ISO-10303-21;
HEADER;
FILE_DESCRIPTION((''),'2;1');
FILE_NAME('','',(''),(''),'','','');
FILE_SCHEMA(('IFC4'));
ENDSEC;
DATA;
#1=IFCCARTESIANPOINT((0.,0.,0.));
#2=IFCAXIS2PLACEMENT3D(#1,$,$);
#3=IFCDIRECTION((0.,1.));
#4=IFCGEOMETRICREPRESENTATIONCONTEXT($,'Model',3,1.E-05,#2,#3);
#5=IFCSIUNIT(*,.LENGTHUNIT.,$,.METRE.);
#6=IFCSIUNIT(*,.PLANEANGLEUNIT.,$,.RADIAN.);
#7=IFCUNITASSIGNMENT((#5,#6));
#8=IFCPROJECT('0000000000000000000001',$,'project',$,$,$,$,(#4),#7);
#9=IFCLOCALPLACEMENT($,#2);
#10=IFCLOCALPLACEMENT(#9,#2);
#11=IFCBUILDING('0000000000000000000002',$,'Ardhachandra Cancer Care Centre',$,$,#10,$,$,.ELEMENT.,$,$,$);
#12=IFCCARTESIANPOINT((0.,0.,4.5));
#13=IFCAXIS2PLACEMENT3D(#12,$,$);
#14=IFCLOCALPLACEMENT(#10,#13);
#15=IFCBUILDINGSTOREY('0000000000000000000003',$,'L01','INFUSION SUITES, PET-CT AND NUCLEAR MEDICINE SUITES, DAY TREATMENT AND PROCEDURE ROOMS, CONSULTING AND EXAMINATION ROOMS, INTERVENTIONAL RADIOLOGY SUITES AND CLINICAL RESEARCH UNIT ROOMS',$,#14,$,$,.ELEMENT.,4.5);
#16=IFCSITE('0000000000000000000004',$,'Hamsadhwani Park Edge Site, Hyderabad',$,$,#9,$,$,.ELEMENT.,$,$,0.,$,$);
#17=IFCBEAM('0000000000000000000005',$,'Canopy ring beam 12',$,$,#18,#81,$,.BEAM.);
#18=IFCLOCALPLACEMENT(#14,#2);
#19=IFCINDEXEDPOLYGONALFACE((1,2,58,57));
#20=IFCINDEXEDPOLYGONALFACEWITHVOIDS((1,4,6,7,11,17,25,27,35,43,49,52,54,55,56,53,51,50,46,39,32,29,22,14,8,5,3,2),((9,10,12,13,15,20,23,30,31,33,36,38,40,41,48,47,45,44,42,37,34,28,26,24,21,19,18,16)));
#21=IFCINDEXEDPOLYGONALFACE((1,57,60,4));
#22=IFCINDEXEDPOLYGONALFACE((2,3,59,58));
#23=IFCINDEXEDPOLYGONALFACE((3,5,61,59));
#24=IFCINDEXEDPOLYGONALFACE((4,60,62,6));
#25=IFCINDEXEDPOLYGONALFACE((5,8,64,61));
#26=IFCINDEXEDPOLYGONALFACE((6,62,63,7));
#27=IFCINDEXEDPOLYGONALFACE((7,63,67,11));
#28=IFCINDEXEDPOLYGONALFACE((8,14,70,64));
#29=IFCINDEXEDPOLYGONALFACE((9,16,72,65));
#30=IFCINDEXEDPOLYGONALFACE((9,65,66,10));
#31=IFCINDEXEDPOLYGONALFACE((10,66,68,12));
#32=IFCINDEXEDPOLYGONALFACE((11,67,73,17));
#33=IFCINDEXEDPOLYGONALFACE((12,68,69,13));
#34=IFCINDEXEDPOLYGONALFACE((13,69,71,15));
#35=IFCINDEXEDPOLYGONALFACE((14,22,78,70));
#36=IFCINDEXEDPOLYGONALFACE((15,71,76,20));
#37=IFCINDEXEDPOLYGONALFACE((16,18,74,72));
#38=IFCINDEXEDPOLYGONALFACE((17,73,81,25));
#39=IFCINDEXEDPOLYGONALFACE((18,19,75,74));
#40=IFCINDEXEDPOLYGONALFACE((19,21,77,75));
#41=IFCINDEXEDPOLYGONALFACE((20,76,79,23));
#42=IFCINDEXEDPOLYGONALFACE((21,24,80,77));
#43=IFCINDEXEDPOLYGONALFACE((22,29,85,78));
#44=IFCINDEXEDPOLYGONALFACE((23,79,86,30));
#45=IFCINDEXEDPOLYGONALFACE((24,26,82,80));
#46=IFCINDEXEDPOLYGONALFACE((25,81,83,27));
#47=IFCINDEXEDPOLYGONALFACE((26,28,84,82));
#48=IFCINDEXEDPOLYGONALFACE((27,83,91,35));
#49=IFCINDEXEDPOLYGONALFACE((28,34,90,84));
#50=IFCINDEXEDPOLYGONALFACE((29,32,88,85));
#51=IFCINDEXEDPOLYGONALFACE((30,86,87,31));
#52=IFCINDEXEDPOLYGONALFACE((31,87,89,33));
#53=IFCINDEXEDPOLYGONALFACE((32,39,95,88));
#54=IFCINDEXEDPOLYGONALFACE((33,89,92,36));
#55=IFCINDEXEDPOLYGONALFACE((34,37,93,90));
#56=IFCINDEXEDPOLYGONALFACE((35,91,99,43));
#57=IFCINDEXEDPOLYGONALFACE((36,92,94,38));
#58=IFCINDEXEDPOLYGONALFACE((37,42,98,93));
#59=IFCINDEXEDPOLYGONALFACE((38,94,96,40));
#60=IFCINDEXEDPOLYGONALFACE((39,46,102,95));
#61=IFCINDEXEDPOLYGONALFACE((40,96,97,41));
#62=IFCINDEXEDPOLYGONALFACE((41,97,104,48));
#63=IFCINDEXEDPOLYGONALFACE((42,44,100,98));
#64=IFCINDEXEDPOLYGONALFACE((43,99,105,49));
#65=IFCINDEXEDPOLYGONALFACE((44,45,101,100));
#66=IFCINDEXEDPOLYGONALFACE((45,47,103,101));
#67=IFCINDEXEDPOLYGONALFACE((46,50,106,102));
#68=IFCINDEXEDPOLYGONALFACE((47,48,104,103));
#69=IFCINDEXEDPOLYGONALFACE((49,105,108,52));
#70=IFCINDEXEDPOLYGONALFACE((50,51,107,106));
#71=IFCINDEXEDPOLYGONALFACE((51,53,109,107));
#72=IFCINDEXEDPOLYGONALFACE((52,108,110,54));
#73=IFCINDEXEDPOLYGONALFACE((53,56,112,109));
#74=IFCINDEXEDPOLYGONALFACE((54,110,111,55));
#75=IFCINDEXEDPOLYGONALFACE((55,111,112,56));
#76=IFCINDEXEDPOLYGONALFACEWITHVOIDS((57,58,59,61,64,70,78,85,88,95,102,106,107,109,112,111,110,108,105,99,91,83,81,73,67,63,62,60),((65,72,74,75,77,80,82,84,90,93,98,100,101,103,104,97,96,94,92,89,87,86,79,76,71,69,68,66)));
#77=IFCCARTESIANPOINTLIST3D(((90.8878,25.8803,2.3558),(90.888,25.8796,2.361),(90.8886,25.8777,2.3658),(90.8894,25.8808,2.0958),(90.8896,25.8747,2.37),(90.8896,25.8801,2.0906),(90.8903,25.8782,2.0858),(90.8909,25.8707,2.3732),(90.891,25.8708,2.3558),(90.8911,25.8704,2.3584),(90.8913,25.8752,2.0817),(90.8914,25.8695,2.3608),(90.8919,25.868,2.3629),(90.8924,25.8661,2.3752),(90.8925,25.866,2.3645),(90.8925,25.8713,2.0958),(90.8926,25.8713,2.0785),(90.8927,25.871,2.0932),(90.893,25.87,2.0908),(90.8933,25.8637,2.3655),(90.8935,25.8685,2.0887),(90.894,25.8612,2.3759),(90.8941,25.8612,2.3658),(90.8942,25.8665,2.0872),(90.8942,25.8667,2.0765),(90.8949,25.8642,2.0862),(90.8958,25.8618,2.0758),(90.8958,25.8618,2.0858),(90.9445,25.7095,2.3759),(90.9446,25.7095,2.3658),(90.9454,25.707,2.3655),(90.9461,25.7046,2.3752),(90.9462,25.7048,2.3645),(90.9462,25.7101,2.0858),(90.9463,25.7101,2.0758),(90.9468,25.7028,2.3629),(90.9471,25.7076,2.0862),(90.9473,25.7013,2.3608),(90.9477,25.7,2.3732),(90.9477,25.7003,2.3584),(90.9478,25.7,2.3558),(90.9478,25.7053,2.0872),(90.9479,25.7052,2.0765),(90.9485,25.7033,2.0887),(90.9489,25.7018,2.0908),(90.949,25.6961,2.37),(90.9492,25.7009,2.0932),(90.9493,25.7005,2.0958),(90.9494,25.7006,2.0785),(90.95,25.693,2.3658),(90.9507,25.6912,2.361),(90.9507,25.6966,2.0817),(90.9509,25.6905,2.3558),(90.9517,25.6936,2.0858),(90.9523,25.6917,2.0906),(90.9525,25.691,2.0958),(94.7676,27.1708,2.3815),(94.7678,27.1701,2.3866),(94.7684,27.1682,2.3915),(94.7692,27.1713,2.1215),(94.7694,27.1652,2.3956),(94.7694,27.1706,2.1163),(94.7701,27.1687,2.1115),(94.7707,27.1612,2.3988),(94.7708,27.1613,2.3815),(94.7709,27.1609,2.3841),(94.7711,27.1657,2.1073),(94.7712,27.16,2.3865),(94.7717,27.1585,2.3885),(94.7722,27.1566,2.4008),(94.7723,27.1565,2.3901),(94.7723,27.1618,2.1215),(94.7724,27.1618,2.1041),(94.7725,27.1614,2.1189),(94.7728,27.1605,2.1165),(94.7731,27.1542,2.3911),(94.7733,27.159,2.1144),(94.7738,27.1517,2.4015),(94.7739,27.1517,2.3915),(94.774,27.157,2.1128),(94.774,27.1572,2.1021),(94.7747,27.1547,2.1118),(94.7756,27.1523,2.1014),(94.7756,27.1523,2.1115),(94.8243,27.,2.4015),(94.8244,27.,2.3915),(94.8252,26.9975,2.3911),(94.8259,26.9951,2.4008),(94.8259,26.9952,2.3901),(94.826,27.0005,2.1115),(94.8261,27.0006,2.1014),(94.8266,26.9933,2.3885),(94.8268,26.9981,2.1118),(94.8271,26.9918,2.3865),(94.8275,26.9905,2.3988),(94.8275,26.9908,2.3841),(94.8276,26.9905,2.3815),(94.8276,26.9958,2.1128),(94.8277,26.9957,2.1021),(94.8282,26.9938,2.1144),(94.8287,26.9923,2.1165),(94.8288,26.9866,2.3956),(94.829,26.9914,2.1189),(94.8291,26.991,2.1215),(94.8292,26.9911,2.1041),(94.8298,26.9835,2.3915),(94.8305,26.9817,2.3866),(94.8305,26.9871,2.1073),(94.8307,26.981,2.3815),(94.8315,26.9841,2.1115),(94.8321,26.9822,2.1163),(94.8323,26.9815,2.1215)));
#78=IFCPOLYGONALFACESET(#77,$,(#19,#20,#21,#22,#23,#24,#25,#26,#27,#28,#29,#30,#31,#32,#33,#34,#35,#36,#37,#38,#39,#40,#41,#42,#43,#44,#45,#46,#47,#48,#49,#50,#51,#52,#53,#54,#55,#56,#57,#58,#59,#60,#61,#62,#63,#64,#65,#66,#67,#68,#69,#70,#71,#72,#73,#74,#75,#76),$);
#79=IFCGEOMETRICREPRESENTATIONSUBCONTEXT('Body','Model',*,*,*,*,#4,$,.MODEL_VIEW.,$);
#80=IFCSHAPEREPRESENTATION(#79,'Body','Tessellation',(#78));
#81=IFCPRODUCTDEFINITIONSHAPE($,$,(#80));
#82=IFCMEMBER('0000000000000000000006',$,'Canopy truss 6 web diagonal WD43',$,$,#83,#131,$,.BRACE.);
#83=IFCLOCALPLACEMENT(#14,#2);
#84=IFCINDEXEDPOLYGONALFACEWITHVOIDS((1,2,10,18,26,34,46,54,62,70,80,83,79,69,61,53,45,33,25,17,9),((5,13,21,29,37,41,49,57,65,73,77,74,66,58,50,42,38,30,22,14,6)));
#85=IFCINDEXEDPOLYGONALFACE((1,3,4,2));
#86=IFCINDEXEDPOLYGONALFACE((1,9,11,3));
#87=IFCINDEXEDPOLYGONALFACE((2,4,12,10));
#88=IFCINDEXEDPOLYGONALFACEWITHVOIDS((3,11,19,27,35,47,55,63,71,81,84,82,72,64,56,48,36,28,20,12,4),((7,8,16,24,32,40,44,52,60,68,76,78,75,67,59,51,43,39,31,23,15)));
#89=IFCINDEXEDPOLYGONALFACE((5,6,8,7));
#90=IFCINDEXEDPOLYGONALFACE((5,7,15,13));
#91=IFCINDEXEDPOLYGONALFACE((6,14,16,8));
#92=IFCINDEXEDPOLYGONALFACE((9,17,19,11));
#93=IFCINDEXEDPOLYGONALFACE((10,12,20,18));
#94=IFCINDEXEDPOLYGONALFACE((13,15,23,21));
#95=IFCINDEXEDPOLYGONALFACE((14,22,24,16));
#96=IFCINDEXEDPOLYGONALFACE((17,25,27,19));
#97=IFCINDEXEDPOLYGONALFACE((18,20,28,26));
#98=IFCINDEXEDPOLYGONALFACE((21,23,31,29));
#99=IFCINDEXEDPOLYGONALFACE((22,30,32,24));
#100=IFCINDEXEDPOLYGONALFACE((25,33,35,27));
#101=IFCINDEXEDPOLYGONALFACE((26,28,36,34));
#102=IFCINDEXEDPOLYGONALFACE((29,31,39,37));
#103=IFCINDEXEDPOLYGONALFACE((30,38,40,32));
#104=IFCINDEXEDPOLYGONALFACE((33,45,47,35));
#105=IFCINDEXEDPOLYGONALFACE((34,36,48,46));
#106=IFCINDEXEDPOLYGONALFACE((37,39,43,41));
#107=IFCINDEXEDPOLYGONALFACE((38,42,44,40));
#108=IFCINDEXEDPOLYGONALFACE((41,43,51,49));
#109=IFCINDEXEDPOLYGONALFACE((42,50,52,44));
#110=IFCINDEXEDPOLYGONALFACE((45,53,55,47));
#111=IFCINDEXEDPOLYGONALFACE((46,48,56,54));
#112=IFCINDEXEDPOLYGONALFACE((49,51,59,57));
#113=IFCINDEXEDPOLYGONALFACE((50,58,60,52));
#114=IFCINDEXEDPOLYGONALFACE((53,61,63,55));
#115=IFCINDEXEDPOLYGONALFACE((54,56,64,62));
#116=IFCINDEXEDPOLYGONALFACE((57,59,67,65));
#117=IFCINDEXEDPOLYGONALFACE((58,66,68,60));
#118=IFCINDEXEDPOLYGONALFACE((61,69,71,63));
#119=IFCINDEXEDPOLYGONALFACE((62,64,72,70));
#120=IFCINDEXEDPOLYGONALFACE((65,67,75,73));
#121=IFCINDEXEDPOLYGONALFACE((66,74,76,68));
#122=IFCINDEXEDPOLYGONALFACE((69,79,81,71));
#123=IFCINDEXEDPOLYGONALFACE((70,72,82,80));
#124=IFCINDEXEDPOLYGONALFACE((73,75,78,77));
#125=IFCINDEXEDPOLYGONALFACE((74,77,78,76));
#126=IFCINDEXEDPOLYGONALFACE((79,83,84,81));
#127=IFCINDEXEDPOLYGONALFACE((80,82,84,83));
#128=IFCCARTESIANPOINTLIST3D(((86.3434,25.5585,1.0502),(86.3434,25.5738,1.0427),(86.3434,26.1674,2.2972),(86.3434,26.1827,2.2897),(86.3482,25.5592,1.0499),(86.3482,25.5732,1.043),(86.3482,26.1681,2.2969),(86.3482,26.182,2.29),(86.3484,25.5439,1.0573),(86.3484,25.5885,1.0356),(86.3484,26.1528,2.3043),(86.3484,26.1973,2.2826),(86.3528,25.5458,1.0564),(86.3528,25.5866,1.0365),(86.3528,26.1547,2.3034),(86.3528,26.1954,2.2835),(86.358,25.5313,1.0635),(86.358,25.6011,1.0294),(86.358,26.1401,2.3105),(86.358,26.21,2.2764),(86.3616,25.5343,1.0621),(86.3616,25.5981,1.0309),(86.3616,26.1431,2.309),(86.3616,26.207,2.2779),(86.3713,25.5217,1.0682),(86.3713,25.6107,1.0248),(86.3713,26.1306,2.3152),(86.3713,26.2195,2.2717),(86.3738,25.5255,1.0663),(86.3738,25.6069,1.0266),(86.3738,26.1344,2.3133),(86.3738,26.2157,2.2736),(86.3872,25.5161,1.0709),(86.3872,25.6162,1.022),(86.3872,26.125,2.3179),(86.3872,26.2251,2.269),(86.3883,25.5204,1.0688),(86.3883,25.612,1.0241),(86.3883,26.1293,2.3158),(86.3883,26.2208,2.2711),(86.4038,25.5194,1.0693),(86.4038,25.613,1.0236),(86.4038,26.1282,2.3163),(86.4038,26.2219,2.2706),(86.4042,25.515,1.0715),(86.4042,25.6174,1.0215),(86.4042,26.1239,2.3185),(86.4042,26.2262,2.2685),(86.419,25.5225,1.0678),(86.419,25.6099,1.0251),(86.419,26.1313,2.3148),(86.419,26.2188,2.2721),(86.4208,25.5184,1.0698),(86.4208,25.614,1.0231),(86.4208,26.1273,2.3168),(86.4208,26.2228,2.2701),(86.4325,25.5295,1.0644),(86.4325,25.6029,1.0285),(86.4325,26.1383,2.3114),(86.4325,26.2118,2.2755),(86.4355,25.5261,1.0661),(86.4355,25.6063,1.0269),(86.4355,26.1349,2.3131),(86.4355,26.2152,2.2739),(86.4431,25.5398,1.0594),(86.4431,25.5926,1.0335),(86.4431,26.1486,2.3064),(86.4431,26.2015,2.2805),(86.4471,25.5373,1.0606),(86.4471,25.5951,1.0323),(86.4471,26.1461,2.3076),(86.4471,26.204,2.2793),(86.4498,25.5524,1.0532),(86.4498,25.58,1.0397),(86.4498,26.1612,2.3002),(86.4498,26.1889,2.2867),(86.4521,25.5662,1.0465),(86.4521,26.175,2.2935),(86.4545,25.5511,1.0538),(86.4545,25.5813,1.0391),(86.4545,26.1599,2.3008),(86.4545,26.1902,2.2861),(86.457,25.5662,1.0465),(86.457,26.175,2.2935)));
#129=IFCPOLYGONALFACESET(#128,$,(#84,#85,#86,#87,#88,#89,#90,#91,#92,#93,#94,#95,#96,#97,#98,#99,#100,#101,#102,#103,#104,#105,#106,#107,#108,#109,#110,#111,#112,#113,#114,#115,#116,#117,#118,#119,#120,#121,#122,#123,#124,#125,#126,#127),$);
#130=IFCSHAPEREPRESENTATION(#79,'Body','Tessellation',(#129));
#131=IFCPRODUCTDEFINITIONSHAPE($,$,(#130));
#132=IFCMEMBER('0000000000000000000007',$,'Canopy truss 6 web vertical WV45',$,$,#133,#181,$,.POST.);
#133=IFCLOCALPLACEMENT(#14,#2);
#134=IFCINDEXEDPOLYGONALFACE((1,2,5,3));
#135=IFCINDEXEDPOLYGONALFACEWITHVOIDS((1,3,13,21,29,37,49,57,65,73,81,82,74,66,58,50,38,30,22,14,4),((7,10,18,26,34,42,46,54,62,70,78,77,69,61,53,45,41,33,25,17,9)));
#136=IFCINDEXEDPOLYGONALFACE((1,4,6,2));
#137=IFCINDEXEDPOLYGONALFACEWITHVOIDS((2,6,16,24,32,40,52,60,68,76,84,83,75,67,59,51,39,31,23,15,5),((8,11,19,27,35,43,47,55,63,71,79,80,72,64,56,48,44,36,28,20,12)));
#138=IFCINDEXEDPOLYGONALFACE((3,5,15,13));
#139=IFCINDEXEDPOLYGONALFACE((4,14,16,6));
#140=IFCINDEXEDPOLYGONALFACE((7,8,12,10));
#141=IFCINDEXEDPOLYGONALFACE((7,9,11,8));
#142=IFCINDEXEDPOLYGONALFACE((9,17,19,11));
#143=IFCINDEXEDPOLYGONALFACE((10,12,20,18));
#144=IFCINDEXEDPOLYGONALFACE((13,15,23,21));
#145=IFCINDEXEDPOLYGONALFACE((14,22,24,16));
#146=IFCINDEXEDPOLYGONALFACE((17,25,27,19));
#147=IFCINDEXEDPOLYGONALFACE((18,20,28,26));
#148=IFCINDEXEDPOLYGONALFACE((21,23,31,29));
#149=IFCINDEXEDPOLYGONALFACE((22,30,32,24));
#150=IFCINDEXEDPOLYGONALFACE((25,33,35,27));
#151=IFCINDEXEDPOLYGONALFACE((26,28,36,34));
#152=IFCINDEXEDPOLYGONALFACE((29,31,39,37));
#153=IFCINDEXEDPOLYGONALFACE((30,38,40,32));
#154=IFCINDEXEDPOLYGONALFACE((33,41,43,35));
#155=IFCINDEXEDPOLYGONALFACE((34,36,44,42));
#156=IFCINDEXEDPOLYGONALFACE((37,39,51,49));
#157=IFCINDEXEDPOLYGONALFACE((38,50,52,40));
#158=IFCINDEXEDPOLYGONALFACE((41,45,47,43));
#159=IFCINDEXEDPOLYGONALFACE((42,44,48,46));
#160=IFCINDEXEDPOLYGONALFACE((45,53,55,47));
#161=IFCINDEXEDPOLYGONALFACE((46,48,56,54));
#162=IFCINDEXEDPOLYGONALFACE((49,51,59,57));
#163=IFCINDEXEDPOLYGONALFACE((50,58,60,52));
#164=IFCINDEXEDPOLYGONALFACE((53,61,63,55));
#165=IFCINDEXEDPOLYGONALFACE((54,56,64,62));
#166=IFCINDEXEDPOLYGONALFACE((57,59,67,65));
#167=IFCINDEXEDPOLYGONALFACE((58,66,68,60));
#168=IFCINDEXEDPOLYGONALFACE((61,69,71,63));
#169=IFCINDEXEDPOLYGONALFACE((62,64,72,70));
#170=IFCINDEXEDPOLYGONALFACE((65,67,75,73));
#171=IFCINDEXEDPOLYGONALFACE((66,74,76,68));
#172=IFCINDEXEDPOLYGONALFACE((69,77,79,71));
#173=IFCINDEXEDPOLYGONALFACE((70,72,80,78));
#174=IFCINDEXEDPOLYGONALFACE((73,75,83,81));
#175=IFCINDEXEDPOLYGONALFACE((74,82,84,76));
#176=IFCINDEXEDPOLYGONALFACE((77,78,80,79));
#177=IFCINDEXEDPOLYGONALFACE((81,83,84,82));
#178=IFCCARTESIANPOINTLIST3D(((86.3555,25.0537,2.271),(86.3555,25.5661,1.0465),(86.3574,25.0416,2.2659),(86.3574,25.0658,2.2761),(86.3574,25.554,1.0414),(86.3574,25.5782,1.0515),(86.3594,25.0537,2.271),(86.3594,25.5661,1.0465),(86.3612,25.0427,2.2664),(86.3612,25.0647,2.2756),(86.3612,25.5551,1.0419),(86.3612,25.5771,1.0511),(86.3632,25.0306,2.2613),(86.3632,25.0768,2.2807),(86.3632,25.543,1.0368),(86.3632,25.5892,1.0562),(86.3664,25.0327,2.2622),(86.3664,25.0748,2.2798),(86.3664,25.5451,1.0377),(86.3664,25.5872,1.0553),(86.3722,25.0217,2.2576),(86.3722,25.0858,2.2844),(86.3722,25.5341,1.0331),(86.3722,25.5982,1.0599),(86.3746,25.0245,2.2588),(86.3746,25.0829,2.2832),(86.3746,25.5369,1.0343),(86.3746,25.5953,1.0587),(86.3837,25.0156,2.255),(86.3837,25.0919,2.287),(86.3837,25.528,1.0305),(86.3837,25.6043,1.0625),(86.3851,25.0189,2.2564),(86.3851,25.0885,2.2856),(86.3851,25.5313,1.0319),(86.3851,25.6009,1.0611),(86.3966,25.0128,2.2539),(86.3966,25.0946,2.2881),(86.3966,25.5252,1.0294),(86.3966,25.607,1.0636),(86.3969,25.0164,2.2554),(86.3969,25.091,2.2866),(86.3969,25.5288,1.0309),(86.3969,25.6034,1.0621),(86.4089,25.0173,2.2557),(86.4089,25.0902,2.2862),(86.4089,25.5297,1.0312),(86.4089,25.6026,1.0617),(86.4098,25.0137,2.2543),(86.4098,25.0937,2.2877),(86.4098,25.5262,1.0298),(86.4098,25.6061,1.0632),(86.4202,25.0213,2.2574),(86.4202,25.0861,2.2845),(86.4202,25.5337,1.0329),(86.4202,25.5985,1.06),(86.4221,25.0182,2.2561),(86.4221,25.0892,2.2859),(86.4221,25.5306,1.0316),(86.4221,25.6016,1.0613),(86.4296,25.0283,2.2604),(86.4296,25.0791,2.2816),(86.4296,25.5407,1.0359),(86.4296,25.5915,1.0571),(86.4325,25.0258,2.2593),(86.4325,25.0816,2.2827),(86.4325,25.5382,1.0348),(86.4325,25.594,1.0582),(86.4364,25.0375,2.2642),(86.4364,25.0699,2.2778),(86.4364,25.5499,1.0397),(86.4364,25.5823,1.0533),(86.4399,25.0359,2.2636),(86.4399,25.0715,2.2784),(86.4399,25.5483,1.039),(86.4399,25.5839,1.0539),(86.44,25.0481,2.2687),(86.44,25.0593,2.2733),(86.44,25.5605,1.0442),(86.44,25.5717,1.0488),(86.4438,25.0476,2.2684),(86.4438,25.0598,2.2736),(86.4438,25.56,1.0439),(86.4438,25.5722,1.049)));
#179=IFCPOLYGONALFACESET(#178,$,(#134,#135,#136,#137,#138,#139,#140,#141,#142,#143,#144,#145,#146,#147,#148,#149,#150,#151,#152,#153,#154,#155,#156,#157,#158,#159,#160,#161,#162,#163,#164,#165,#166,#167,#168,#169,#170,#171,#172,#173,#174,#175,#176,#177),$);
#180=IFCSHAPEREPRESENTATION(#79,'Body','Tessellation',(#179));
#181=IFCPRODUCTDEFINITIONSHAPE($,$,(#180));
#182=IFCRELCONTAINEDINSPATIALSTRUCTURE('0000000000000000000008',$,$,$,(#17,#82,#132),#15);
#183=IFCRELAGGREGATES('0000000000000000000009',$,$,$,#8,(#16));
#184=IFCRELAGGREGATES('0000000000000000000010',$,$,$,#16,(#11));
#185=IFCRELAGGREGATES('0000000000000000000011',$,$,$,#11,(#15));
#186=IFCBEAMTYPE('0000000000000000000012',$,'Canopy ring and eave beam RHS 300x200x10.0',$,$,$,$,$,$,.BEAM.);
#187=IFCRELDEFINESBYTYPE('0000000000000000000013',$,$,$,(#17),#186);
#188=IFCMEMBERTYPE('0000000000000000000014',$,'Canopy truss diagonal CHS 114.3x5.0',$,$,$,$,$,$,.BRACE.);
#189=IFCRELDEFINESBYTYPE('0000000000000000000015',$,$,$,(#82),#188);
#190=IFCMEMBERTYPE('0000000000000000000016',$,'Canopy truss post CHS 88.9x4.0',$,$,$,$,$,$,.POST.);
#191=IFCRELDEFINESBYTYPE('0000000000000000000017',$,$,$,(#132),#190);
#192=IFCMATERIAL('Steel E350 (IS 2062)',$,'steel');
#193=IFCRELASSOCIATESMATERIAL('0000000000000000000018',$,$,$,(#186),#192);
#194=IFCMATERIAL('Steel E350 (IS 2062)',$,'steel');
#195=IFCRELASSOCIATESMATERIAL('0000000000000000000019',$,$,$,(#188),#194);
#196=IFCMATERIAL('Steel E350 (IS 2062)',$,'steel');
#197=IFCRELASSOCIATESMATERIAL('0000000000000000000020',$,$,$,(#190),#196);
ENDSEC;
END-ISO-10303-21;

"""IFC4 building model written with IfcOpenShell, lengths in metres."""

from ifc_helpers import new_model, si_unit, direction, frame, origin, origin_2d, place, context, subcontext, project, spatial, hollow_rectangle, hollow_circle, extrude, material, material_profile, profile_set, type_object, element, save


model = new_model("IFC4")

# Units and contexts
model_context = context("Model", 3, precision=1e-05, world=origin(), true_north=direction((0.0, 1.0)))
body_context = subcontext(model_context, "Body", "Model", "MODEL_VIEW")
ifc_project = project(units=[si_unit("LENGTHUNIT", "METRE"), si_unit("PLANEANGLEUNIT", "RADIAN")], contexts=[model_context])

# Site, building, storey
site_placement = place(None, origin())
site = spatial("IfcSite", under=ifc_project, at=site_placement, Name="Hamsadhwani Park Edge Site, Hyderabad", CompositionType="ELEMENT", RefElevation=0.0)
building_placement = place(site_placement, origin())
building = spatial("IfcBuilding", under=site, at=building_placement, Name="Ardhachandra Cancer Care Centre", CompositionType="ELEMENT")
storey_placement = place(building_placement, frame((0.0, 0.0, 4.5)))
storey = spatial("IfcBuildingStorey", under=building, at=storey_placement, Name="L01", Description="INFUSION SUITES, PET-CT AND NUCLEAR MEDICINE SUITES, DAY TREATMENT AND PROCEDURE ROOMS, CONSULTING AND EXAMINATION ROOMS, INTERVENTIONAL RADIOLOGY SUITES AND CLINICAL RESEARCH UNIT ROOMS", CompositionType="ELEMENT", Elevation=4.5)

# Beam
ifc_material_1 = material(Name="Steel E350 (IS 2062)", Category="steel")
ifc_material_profile_1 = material_profile(ifc_material_1, hollow_rectangle(XDim=0.2, YDim=0.3, WallThickness=0.01, InnerFilletRadius=0.01, OuterFilletRadius=0.02, at=origin_2d()), Name="RHS 300x200x10.0")
ifc_profile_set_1 = profile_set([ifc_material_profile_1], Name="Steel E350 (IS 2062)")
beam_type = type_object("IfcBeamType", Name="Canopy ring and eave beam RHS 300x200x10.0", PredefinedType="BEAM", material=ifc_profile_set_1)
beam_1_placement = place(storey_placement, frame((90.9202, 25.7856, 2.2258), z_axis=(0.948867, 0.315612, 0.006269), x_axis=(-0.315619, 0.948886, 0.0)))
element("IfcBeam", 1, at=beam_1_placement, inside=storey, type_object=beam_type, Name="Canopy ring beam 12", PredefinedType="BEAM", context=body_context, shape_type="SweptSolid", body=[
    extrude(hollow_rectangle(XDim=0.2, YDim=0.3, WallThickness=0.01, InnerFilletRadius=0.01, OuterFilletRadius=0.02, at=origin_2d()), origin(), (0.0, 0.0, 1.0), 4.0889),
])

# Members
ifc_material_2 = material(Name="Steel E350 (IS 2062)", Category="steel")
ifc_material_profile_2 = material_profile(ifc_material_2, hollow_circle(Radius=0.0571, WallThickness=0.0049, at=origin_2d()), Name="CHS 114.3x5.0")
ifc_profile_set_2 = profile_set([ifc_material_profile_2], Name="Steel E350 (IS 2062)")
member_type_1 = type_object("IfcMemberType", Name="Canopy truss diagonal CHS 114.3x5.0", PredefinedType="BRACE", material=ifc_profile_set_2)
member_1_placement = place(storey_placement, frame((86.3999, 26.175, 2.2935), z_axis=(0.0, -0.438749, -0.898609), x_axis=(1.0, 0.0, 0.0)))
element("IfcMember", 2, at=member_1_placement, inside=storey, type_object=member_type_1, Name="Canopy truss 6 web diagonal WD43", PredefinedType="BRACE", context=body_context, shape_type="SweptSolid", body=[
    extrude(hollow_circle(Radius=0.0571, WallThickness=0.0049, at=origin_2d()), origin(), (0.0, 0.0, 1.0), 1.3877),
])
ifc_material_3 = material(Name="Steel E350 (IS 2062)", Category="steel")
ifc_material_profile_3 = material_profile(ifc_material_3, hollow_circle(Radius=0.0444, WallThickness=0.0039, at=origin_2d()), Name="CHS 88.9x4.0")
ifc_profile_set_3 = profile_set([ifc_material_profile_3], Name="Steel E350 (IS 2062)")
member_type_2 = type_object("IfcMemberType", Name="Canopy truss post CHS 88.9x4.0", PredefinedType="POST", material=ifc_profile_set_3)
member_2_placement = place(storey_placement, frame((86.3999, 25.0537, 2.271), z_axis=(0.0, 0.386025, -0.922488), x_axis=(-1.0, 0.0, 0.0)))
element("IfcMember", 3, at=member_2_placement, inside=storey, type_object=member_type_2, Name="Canopy truss 6 web vertical WV45", PredefinedType="POST", context=body_context, shape_type="SweptSolid", body=[
    extrude(hollow_circle(Radius=0.0444, WallThickness=0.0039, at=origin_2d()), origin(), (0.0, 0.0, 1.0), 1.3274),
])

save(model, "model.ifc")
